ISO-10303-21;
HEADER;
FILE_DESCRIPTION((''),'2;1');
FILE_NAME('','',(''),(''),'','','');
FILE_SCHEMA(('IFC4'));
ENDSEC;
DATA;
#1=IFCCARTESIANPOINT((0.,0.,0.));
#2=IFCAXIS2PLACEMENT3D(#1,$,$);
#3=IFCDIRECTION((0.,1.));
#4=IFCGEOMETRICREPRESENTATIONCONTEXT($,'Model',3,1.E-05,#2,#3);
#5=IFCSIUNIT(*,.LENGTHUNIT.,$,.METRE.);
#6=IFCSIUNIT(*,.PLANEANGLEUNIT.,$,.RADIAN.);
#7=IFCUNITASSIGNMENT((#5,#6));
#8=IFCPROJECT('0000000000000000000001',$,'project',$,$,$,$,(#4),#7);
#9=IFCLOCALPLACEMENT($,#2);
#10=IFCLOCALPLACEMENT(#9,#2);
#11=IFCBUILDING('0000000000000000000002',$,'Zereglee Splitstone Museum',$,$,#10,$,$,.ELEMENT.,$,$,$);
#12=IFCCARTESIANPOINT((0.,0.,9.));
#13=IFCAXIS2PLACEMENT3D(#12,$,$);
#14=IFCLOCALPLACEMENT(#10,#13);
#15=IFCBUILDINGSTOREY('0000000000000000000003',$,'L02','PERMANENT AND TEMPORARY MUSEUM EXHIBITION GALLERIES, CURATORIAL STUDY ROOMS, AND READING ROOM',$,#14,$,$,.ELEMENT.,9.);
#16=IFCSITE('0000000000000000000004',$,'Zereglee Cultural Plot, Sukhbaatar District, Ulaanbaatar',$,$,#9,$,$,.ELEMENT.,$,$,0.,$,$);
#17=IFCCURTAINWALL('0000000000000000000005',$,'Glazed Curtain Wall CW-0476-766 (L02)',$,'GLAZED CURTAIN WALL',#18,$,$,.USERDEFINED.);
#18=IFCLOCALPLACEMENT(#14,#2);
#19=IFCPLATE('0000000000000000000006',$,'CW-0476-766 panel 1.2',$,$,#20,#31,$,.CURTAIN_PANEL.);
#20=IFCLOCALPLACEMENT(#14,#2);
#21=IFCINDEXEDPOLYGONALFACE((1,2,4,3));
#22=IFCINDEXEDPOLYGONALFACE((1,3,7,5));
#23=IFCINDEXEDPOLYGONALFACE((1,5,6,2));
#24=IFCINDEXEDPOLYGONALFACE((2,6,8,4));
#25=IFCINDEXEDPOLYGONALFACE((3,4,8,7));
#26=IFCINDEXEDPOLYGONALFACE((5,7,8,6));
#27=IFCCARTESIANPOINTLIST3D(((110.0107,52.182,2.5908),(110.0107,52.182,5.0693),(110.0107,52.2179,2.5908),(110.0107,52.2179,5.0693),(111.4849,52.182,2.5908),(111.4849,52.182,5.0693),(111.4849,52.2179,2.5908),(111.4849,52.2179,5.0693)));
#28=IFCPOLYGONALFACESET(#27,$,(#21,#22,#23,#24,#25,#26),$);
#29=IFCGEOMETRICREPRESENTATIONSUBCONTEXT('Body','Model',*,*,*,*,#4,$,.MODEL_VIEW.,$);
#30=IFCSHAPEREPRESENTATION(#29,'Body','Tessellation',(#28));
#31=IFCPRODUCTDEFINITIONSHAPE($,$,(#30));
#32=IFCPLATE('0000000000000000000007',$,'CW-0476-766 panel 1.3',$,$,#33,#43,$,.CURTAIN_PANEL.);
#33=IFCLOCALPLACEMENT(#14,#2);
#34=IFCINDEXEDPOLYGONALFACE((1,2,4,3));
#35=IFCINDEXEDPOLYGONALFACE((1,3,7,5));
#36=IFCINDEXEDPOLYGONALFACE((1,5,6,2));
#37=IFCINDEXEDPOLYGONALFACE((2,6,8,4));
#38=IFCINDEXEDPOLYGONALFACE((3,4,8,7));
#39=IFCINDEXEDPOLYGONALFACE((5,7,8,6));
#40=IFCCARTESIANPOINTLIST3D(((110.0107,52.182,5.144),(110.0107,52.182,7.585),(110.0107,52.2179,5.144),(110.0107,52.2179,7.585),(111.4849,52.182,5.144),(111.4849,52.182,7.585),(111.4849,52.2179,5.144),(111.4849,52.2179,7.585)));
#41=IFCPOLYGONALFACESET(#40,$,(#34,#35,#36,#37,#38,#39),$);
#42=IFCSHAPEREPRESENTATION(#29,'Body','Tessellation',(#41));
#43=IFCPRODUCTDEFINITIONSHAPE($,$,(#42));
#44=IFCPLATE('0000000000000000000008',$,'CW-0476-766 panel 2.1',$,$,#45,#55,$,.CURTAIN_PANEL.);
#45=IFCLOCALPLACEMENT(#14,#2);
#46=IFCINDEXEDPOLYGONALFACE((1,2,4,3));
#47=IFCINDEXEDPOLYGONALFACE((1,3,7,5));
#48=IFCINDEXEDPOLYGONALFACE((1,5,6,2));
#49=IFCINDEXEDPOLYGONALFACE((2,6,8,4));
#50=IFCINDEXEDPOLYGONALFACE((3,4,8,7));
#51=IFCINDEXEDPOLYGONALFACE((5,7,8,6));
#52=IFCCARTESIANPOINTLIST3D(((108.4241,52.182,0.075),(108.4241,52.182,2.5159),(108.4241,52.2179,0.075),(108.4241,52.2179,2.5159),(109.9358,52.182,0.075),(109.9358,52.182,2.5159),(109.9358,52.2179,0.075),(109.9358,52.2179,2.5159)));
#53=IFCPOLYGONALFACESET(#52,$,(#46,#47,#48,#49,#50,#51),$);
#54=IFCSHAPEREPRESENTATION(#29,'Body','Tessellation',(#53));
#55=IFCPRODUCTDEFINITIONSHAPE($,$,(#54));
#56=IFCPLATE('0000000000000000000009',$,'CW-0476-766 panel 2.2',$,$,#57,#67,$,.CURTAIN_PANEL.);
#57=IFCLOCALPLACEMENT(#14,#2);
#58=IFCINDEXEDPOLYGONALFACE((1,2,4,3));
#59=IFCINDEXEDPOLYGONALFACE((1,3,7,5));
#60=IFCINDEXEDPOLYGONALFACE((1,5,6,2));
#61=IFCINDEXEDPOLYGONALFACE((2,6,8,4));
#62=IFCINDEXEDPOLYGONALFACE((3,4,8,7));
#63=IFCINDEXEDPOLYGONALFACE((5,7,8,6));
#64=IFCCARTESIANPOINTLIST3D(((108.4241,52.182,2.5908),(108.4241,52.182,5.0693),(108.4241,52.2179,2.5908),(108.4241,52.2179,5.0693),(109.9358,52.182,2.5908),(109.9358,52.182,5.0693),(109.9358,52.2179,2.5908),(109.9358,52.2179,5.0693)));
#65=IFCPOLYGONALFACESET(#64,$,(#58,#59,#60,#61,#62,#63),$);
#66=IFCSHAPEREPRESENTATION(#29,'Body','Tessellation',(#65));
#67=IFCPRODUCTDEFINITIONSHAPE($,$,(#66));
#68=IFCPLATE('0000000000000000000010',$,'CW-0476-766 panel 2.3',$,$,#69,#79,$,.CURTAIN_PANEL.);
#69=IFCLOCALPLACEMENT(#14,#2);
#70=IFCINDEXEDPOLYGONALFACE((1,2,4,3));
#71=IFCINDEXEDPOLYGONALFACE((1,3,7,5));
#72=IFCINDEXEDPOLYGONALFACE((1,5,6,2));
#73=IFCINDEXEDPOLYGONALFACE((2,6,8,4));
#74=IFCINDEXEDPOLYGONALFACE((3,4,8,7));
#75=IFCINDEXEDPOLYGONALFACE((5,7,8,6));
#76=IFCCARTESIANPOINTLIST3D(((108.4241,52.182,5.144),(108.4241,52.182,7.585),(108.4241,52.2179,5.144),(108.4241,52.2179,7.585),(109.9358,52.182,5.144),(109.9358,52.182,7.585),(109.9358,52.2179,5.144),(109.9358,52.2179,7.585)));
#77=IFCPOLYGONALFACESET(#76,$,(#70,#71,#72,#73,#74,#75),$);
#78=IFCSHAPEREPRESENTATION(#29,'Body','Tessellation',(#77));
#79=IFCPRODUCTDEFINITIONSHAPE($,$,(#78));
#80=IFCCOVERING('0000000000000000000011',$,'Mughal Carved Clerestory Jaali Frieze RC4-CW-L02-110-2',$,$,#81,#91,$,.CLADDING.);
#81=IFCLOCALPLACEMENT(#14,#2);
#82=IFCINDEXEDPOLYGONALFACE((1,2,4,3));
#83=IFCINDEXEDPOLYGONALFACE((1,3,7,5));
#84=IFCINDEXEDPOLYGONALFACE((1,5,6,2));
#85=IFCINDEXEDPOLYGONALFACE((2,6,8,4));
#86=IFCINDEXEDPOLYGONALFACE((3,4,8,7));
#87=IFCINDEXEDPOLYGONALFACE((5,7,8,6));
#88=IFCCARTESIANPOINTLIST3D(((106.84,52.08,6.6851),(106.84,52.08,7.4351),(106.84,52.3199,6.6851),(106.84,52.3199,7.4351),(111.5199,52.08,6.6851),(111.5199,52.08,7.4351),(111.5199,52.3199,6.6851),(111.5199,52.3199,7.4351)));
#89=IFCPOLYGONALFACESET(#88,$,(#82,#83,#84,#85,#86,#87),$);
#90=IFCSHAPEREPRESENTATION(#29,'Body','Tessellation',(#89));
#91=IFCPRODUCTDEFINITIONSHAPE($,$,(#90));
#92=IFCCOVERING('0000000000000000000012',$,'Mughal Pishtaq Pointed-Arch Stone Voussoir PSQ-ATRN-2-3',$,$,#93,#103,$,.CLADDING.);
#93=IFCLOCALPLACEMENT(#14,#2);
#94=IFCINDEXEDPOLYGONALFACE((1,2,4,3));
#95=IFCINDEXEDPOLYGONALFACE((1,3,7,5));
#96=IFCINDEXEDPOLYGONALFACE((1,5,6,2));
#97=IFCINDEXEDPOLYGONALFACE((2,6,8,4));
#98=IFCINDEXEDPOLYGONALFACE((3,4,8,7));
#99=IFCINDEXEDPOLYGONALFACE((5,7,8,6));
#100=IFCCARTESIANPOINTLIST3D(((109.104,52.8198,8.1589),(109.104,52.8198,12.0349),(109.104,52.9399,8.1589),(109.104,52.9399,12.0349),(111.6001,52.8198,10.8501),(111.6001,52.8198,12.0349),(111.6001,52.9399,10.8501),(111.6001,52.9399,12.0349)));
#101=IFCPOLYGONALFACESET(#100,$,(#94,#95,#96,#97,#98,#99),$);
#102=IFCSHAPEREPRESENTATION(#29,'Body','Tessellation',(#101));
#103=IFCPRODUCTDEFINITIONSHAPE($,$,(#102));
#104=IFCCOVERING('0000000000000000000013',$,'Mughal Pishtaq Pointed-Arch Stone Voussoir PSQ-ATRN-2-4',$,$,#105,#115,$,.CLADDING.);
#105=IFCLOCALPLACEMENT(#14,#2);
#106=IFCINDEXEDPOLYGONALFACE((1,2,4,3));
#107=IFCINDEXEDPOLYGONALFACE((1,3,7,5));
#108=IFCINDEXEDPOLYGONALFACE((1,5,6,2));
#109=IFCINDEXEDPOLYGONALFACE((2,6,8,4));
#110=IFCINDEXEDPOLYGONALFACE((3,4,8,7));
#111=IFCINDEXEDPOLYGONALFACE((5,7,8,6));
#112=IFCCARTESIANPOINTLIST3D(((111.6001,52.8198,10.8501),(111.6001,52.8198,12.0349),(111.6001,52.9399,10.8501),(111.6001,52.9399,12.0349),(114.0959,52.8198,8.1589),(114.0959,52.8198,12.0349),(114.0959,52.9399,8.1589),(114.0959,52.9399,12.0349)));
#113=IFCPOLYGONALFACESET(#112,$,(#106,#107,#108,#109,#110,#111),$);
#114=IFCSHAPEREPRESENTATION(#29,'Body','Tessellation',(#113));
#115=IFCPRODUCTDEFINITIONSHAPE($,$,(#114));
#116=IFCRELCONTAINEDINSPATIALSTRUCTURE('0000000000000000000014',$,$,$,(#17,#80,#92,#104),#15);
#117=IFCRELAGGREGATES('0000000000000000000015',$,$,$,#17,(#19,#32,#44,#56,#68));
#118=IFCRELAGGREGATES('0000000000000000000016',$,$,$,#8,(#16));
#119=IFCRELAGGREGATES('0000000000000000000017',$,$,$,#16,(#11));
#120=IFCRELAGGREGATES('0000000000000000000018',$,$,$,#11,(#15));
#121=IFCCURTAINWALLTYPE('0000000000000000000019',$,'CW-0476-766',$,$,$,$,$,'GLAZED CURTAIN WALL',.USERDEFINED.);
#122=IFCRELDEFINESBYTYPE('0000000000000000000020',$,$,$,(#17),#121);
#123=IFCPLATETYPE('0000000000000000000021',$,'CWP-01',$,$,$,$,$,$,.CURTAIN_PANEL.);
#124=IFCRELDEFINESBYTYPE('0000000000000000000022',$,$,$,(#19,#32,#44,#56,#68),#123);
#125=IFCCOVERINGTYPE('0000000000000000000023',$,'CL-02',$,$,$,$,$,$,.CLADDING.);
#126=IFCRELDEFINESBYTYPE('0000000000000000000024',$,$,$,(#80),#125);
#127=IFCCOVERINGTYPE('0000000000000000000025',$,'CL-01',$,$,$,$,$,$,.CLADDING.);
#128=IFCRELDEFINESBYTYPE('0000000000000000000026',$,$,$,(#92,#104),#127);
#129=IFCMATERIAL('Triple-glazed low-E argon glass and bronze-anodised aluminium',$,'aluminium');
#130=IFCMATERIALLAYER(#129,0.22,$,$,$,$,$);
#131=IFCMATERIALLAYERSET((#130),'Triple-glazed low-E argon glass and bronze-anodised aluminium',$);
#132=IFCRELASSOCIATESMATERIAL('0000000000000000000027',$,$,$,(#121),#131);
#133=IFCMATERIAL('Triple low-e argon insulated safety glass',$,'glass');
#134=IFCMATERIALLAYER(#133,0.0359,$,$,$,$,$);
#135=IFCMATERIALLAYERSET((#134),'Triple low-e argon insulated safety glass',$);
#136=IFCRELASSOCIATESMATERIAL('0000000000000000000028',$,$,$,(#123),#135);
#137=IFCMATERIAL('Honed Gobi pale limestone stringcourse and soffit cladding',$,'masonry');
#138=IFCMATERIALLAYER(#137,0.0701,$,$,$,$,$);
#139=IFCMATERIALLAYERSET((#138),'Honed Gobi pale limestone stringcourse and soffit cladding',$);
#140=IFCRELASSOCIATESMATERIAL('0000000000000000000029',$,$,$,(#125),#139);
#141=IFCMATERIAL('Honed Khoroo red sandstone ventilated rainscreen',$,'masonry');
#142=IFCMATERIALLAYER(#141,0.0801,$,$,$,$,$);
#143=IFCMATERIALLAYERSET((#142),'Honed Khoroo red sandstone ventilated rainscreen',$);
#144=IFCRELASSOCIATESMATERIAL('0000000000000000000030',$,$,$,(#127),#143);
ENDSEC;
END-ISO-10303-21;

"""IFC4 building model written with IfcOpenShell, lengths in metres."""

from ifc_helpers import new_model, si_unit, direction, frame, origin, origin_2d, place, context, subcontext, project, spatial, polyline, rectangle, outline, extrude, material, layer, layer_set, type_object, element, aggregate, save


model = new_model("IFC4")

# Units and contexts
model_context = context("Model", 3, precision=1e-05, world=origin(), true_north=direction((0.0, 1.0)))
body_context = subcontext(model_context, "Body", "Model", "MODEL_VIEW")
ifc_project = project(units=[si_unit("LENGTHUNIT", "METRE"), si_unit("PLANEANGLEUNIT", "RADIAN")], contexts=[model_context])

# Site, building, storey
site_placement = place(None, origin())
site = spatial("IfcSite", under=ifc_project, at=site_placement, Name="Zereglee Cultural Plot, Sukhbaatar District, Ulaanbaatar", CompositionType="ELEMENT", RefElevation=0.0)
building_placement = place(site_placement, origin())
building = spatial("IfcBuilding", under=site, at=building_placement, Name="Zereglee Splitstone Museum", CompositionType="ELEMENT")
storey_placement = place(building_placement, frame((0.0, 0.0, 9.0)))
storey = spatial("IfcBuildingStorey", under=building, at=storey_placement, Name="L02", Description="PERMANENT AND TEMPORARY MUSEUM EXHIBITION GALLERIES, CURATORIAL STUDY ROOMS, AND READING ROOM", CompositionType="ELEMENT", Elevation=9.0)

# Curtain wall
ifc_material_1 = material(Name="Triple-glazed low-E argon glass and bronze-anodised aluminium", Category="aluminium")
ifc_layer_1 = layer(ifc_material_1, 0.22)
ifc_layer_set_1 = layer_set([ifc_layer_1], Name="Triple-glazed low-E argon glass and bronze-anodised aluminium")
curtain_wall_type_1 = type_object("IfcCurtainWallType", Name="CW-0476-766", ElementType="GLAZED CURTAIN WALL", PredefinedType="USERDEFINED", material=ifc_layer_set_1)
curtain_wall_1_placement = place(storey_placement, origin())
curtain_wall_1 = element("IfcCurtainWall", 1, at=curtain_wall_1_placement, inside=storey, type_object=curtain_wall_type_1, Name="Glazed Curtain Wall CW-0476-766 (L02)", ObjectType="GLAZED CURTAIN WALL", PredefinedType="USERDEFINED")

# Plates
ifc_material_2 = material(Name="Triple low-e argon insulated safety glass", Category="glass")
ifc_layer_2 = layer(ifc_material_2, 0.0359)
ifc_layer_set_2 = layer_set([ifc_layer_2], Name="Triple low-e argon insulated safety glass")
plate_type = type_object("IfcPlateType", Name="CWP-01", PredefinedType="CURTAIN_PANEL", material=ifc_layer_set_2)
plate_1_placement = place(storey_placement, frame((110.7478, 52.2, 2.5908), z_axis=(0.0, 0.0, 1.0), x_axis=(-1.0, 0.0, 0.0)))
plate_1 = element("IfcPlate", 2, at=plate_1_placement, type_object=plate_type, Name="CW-0476-766 panel 1.2", PredefinedType="CURTAIN_PANEL", context=body_context, shape_type="SweptSolid", body=[
    extrude(rectangle(XDim=1.4741, YDim=0.0359, at=origin_2d()), origin(), (0.0, 0.0, 1.0), 2.4785),
])
plate_2_placement = place(storey_placement, frame((110.7478, 52.2, 5.144), z_axis=(0.0, 0.0, 1.0), x_axis=(-1.0, 0.0, 0.0)))
plate_2 = element("IfcPlate", 3, at=plate_2_placement, type_object=plate_type, Name="CW-0476-766 panel 1.3", PredefinedType="CURTAIN_PANEL", context=body_context, shape_type="SweptSolid", body=[
    extrude(rectangle(XDim=1.4741, YDim=0.0359, at=origin_2d()), origin(), (0.0, 0.0, 1.0), 2.4409),
])
plate_3_placement = place(storey_placement, frame((109.1799, 52.2, 0.075), z_axis=(0.0, 0.0, 1.0), x_axis=(-1.0, 0.0, 0.0)))
plate_3 = element("IfcPlate", 4, at=plate_3_placement, type_object=plate_type, Name="CW-0476-766 panel 2.1", PredefinedType="CURTAIN_PANEL", context=body_context, shape_type="SweptSolid", body=[
    extrude(rectangle(XDim=1.5117, YDim=0.0359, at=origin_2d()), origin(), (0.0, 0.0, 1.0), 2.4409),
])
plate_4_placement = place(storey_placement, frame((109.1799, 52.2, 2.5908), z_axis=(0.0, 0.0, 1.0), x_axis=(-1.0, 0.0, 0.0)))
plate_4 = element("IfcPlate", 5, at=plate_4_placement, type_object=plate_type, Name="CW-0476-766 panel 2.2", PredefinedType="CURTAIN_PANEL", context=body_context, shape_type="SweptSolid", body=[
    extrude(rectangle(XDim=1.5117, YDim=0.0359, at=origin_2d()), origin(), (0.0, 0.0, 1.0), 2.4785),
])
plate_5_placement = place(storey_placement, frame((109.1799, 52.2, 5.144), z_axis=(0.0, 0.0, 1.0), x_axis=(-1.0, 0.0, 0.0)))
plate_5 = element("IfcPlate", 6, at=plate_5_placement, type_object=plate_type, Name="CW-0476-766 panel 2.3", PredefinedType="CURTAIN_PANEL", context=body_context, shape_type="SweptSolid", body=[
    extrude(rectangle(XDim=1.5117, YDim=0.0359, at=origin_2d()), origin(), (0.0, 0.0, 1.0), 2.4409),
])
aggregate(curtain_wall_1, [plate_1, plate_2, plate_3, plate_4, plate_5])

# Coverings
ifc_material_3 = material(Name="Honed Gobi pale limestone stringcourse and soffit cladding", Category="masonry")
ifc_layer_3 = layer(ifc_material_3, 0.0701)
ifc_layer_set_3 = layer_set([ifc_layer_3], Name="Honed Gobi pale limestone stringcourse and soffit cladding")
covering_type_1 = type_object("IfcCoveringType", Name="CL-02", PredefinedType="CLADDING", material=ifc_layer_set_3)
covering_1_placement = place(storey_placement, frame((109.1799, 52.2, 6.6851), z_axis=(0.0, 0.0, 1.0), x_axis=(-1.0, 0.0, 0.0)))
element("IfcCovering", 7, at=covering_1_placement, inside=storey, type_object=covering_type_1, Name="Mughal Carved Clerestory Jaali Frieze RC4-CW-L02-110-2", PredefinedType="CLADDING", context=body_context, shape_type="SweptSolid", body=[
    extrude(rectangle(XDim=4.6799, YDim=0.24, at=origin_2d()), origin(), (0.0, 0.0, 1.0), 0.75),
])
ifc_material_4 = material(Name="Honed Khoroo red sandstone ventilated rainscreen", Category="masonry")
ifc_layer_4 = layer(ifc_material_4, 0.0801)
ifc_layer_set_4 = layer_set([ifc_layer_4], Name="Honed Khoroo red sandstone ventilated rainscreen")
covering_type_2 = type_object("IfcCoveringType", Name="CL-01", PredefinedType="CLADDING", material=ifc_layer_set_4)
covering_2_placement = place(storey_placement, frame((109.104, 52.9399, 12.0349), z_axis=(0.0, 1.0, 0.0), x_axis=(1.0, 0.0, 0.0)))
element("IfcCovering", 8, at=covering_2_placement, inside=storey, type_object=covering_type_2, Name="Mughal Pishtaq Pointed-Arch Stone Voussoir PSQ-ATRN-2-3", PredefinedType="CLADDING", context=body_context, shape_type="SweptSolid", body=[
    extrude(outline(polyline([(0.0, 0.0), (2.4961, 0.0), (2.4961, 1.1848), (0.0, 3.876), (0.0, 0.0)])), origin(), (0.0, 0.0, -1.0), 0.1201),
])
covering_3_placement = place(storey_placement, frame((111.6001, 52.9399, 12.0349), z_axis=(0.0, 1.0, 0.0), x_axis=(1.0, 0.0, 0.0)))
element("IfcCovering", 9, at=covering_3_placement, inside=storey, type_object=covering_type_2, Name="Mughal Pishtaq Pointed-Arch Stone Voussoir PSQ-ATRN-2-4", PredefinedType="CLADDING", context=body_context, shape_type="SweptSolid", body=[
    extrude(outline(polyline([(0.0, 0.0), (2.4958, 0.0), (2.4958, 3.876), (0.0, 1.1848), (0.0, 0.0)])), origin(), (0.0, 0.0, -1.0), 0.1201),
])

save(model, "model.ifc")
